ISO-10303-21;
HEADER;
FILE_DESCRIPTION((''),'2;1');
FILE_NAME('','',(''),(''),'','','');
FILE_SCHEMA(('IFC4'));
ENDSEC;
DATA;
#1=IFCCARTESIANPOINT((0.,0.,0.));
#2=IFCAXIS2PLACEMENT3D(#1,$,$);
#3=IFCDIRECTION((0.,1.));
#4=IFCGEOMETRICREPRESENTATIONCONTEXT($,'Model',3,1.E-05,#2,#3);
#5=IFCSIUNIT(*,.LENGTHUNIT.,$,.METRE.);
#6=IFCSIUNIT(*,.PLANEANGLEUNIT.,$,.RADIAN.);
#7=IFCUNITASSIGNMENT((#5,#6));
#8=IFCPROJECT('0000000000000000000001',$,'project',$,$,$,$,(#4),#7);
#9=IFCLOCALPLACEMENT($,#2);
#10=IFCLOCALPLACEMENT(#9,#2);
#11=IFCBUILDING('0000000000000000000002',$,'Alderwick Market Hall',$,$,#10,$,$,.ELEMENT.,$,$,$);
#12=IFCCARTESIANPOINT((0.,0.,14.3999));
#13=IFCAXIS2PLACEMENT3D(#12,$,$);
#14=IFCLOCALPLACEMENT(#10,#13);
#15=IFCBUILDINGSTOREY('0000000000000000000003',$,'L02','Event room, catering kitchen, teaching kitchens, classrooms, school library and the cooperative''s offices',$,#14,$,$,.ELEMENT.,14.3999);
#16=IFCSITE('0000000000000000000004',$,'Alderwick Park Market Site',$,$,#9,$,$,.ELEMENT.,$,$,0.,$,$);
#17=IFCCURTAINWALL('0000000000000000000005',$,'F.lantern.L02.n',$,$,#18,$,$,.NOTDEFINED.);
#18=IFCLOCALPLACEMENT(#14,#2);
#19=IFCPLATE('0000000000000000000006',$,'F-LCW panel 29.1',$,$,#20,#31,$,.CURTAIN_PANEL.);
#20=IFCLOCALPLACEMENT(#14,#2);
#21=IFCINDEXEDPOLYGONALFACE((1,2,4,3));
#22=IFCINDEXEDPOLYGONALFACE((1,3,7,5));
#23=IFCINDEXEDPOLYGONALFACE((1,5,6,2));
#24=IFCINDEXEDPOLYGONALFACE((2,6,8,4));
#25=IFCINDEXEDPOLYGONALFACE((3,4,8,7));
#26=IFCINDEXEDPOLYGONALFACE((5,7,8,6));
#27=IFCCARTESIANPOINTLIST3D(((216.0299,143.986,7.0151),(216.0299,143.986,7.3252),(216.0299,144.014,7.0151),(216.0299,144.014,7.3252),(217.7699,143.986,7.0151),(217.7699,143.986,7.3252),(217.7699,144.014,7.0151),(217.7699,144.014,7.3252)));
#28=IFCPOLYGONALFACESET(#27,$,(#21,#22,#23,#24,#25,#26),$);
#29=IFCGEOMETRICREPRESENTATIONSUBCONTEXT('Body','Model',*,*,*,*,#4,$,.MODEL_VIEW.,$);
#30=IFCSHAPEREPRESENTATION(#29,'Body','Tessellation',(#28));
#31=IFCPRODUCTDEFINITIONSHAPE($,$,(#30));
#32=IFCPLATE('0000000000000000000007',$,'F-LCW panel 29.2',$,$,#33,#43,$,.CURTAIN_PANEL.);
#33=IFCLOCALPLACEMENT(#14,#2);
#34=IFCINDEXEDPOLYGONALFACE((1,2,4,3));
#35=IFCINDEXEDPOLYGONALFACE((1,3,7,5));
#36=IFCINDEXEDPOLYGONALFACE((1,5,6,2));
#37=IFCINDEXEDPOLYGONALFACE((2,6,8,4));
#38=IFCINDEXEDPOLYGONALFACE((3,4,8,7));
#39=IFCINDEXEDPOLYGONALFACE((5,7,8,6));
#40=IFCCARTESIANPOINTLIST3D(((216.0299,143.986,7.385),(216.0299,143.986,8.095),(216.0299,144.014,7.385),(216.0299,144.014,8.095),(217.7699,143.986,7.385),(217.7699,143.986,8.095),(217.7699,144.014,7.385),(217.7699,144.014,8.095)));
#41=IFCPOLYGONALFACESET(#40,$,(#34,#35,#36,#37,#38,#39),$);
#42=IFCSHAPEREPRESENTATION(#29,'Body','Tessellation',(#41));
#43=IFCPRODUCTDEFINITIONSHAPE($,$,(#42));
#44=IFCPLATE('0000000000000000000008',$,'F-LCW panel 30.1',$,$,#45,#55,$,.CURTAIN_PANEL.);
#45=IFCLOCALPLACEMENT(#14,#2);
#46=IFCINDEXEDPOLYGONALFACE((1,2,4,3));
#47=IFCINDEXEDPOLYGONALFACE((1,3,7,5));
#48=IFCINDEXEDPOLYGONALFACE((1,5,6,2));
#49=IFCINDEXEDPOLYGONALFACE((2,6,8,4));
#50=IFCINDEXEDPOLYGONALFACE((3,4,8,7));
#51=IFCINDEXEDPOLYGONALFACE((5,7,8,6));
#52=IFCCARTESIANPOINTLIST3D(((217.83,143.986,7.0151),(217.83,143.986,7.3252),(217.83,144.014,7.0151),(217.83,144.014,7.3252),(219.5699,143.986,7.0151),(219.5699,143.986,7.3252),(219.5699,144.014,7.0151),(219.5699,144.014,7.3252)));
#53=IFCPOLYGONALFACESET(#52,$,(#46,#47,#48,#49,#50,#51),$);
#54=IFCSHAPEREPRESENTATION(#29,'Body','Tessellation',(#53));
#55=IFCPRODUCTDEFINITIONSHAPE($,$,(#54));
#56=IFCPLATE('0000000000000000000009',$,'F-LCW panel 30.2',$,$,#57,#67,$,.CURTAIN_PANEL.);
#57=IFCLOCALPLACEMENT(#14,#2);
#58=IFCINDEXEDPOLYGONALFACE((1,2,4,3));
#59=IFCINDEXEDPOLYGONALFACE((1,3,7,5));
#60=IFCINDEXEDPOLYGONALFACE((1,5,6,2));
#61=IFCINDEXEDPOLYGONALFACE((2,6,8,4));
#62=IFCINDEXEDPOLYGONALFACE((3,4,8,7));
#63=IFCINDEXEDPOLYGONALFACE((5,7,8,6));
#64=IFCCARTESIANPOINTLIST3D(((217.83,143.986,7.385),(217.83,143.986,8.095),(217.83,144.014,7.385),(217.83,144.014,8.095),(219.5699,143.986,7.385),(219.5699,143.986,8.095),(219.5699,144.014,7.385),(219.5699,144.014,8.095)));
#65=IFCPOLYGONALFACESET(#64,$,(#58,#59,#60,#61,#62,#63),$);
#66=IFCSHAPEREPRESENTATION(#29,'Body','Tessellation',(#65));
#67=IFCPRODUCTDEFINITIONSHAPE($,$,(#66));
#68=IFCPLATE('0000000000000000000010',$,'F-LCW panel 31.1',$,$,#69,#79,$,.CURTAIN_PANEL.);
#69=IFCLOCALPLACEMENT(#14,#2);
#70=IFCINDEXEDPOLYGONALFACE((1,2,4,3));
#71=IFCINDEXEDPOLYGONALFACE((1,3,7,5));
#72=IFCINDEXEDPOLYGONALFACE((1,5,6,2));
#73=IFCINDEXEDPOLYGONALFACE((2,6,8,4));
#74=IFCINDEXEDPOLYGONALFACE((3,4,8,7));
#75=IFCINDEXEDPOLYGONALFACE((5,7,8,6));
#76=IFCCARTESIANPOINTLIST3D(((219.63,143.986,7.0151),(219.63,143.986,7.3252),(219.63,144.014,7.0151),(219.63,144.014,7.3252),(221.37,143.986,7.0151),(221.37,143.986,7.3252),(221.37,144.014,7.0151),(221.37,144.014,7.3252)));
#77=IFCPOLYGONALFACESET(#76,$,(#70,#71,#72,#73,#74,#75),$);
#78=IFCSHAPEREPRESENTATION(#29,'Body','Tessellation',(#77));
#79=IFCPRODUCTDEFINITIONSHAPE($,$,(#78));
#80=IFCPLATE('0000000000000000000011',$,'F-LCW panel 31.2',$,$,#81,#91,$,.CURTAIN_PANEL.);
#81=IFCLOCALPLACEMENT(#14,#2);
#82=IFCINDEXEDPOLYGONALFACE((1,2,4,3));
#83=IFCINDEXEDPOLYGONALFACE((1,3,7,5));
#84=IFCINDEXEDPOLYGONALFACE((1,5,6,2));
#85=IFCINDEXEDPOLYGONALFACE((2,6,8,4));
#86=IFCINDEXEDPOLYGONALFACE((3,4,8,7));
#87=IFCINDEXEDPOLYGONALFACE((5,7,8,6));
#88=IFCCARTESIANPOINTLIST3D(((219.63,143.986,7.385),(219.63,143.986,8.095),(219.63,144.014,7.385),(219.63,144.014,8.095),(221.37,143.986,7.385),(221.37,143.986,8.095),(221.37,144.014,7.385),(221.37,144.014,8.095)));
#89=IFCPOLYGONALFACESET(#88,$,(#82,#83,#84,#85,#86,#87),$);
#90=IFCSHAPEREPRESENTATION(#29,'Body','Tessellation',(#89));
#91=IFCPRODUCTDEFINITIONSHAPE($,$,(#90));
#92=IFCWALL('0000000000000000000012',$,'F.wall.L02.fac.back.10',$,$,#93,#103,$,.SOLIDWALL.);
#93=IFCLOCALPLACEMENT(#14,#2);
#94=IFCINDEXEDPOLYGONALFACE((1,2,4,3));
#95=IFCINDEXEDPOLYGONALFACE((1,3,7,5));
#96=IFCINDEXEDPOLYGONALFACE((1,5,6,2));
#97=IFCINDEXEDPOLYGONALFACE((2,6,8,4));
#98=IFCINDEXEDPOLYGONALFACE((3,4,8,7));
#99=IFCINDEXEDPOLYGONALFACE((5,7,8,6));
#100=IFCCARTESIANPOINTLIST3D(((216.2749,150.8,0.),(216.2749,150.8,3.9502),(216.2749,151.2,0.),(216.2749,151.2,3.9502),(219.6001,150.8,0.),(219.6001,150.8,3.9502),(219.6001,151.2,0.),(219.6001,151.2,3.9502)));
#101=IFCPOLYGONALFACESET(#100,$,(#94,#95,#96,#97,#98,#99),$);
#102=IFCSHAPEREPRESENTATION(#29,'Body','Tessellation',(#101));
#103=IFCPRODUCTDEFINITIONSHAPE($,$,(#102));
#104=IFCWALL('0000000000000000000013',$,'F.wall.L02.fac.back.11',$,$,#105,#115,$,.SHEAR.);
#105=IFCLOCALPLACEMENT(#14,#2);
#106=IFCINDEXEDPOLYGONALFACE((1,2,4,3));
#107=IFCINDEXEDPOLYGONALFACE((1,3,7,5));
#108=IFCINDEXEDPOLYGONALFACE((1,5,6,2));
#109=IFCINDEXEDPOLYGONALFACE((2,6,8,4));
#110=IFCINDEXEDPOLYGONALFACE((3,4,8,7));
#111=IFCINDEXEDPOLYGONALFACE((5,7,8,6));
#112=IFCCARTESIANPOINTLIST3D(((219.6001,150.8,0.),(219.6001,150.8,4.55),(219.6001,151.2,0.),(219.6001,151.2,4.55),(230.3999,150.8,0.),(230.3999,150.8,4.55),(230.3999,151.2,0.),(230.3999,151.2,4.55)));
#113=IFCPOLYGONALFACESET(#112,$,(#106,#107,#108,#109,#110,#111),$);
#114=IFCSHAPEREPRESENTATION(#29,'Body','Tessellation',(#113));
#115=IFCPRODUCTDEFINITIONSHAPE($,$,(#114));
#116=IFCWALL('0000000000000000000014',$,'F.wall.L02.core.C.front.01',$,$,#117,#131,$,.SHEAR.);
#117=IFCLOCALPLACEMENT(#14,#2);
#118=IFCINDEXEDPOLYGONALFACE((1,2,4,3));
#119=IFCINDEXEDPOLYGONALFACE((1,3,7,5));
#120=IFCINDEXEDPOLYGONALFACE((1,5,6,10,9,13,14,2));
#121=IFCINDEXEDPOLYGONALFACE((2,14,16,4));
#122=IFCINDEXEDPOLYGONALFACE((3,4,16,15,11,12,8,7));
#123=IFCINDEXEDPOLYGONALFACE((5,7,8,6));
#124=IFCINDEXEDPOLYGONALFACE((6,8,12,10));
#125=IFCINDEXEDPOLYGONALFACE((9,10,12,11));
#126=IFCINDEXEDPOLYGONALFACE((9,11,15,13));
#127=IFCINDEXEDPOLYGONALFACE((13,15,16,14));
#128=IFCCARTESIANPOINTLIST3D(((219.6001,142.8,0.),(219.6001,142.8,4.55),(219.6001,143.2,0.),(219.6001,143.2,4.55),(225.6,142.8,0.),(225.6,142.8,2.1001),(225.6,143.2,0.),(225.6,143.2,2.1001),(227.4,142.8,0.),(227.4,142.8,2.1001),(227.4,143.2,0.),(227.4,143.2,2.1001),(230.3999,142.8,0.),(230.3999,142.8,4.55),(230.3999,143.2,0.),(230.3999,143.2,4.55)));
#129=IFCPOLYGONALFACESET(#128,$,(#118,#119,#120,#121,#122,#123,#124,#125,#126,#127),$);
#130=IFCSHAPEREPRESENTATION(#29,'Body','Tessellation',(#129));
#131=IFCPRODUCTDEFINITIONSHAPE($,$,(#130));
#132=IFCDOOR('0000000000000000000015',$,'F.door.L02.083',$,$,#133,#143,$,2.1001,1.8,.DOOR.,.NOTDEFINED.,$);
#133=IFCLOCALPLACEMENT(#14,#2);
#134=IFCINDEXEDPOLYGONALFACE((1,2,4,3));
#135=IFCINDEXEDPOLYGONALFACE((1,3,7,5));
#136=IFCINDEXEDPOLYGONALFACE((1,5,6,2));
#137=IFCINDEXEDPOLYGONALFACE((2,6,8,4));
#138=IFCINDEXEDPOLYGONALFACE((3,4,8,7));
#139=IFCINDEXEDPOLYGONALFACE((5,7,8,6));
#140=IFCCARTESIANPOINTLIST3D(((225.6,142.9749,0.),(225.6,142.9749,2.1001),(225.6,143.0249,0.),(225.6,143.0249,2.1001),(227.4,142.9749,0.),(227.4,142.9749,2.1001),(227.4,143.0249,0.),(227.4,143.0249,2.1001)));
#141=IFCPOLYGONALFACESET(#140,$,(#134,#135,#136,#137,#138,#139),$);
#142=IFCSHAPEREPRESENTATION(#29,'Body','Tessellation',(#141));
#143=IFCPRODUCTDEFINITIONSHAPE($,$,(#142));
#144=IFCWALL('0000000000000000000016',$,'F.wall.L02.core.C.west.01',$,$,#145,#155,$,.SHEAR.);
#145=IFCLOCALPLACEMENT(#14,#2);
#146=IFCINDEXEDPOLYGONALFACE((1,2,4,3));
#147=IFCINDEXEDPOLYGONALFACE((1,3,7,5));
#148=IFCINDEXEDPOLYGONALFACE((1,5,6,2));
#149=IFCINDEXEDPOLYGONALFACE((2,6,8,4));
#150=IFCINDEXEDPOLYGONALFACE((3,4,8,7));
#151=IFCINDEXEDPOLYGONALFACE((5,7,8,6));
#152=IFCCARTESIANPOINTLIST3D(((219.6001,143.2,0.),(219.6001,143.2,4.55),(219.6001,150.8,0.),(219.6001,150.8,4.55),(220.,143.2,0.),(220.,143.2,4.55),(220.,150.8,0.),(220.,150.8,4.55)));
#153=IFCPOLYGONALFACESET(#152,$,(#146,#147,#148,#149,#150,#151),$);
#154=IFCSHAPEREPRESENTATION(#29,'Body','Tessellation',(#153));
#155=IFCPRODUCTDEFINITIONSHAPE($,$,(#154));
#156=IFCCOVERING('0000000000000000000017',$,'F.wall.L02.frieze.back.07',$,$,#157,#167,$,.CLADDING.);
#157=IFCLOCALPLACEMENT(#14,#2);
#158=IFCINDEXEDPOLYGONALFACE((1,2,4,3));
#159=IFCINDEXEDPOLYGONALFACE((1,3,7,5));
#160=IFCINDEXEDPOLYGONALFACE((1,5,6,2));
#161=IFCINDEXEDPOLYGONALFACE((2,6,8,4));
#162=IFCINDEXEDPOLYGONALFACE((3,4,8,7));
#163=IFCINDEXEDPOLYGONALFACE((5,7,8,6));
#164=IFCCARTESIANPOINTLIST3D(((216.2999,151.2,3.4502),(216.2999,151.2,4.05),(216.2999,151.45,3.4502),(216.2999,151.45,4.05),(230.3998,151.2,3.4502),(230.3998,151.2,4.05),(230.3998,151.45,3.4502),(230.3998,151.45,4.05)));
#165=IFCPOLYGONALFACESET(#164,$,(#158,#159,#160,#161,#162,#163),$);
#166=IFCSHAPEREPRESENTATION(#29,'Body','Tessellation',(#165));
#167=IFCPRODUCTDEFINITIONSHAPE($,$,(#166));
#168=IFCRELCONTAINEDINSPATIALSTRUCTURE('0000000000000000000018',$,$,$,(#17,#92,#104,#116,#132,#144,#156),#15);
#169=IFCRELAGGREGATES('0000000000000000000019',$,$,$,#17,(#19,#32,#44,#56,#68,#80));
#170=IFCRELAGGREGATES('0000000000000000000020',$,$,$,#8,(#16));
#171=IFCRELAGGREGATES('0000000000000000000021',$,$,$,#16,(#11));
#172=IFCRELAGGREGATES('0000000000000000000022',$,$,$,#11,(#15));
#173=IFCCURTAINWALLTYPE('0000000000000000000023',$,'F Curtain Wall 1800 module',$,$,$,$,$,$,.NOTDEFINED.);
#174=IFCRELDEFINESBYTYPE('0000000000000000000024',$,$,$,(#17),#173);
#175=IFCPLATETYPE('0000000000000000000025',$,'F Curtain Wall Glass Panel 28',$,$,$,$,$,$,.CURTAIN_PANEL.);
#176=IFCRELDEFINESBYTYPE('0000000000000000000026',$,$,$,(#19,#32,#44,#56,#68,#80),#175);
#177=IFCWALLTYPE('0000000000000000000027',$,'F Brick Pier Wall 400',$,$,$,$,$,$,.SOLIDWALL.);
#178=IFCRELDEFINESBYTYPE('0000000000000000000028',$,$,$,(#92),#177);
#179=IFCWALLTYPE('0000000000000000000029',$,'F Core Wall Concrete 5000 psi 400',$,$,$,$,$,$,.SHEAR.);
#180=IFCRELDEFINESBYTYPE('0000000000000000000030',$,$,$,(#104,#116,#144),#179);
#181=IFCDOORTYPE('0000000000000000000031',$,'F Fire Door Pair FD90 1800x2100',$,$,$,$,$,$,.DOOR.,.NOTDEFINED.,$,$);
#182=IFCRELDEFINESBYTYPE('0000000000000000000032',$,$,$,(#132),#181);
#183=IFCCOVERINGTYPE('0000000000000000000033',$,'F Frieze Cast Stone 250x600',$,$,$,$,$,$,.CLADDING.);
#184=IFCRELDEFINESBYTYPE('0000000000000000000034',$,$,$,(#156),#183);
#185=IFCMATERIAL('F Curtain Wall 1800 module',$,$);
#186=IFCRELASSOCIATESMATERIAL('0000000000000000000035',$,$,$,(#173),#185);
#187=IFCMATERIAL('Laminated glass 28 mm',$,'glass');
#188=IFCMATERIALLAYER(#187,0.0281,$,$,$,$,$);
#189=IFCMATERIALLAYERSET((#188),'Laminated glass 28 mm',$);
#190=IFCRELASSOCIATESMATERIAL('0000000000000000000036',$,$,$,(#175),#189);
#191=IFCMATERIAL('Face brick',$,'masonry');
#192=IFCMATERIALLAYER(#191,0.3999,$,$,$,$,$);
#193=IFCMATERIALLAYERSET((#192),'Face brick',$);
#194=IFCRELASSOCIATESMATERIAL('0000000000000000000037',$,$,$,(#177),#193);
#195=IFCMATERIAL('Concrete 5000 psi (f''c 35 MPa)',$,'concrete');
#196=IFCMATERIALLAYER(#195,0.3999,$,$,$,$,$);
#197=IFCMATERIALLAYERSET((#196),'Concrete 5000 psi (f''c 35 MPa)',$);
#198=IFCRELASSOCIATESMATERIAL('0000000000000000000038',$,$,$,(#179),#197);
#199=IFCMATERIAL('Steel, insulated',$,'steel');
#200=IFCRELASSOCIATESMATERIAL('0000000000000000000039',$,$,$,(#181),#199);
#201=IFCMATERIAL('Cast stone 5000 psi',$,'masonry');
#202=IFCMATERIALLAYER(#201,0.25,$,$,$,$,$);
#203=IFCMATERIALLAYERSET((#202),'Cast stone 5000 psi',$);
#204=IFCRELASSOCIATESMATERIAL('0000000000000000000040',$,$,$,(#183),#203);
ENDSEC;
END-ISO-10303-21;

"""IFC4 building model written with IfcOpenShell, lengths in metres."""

from ifc_helpers import new_model, si_unit, direction, frame, frame_2d, origin, origin_2d, place, context, subcontext, project, spatial, rectangle, extrude, material, layer, layer_set, type_object, element, fill, aggregate, save


model = new_model("IFC4")

# Units and contexts
model_context = context("Model", 3, precision=1e-05, world=origin(), true_north=direction((0.0, 1.0)))
body_context = subcontext(model_context, "Body", "Model", "MODEL_VIEW")
ifc_project = project(units=[si_unit("LENGTHUNIT", "METRE"), si_unit("PLANEANGLEUNIT", "RADIAN")], contexts=[model_context])

# Site, building, storey
site_placement = place(None, origin())
site = spatial("IfcSite", under=ifc_project, at=site_placement, Name="Alderwick Park Market Site", CompositionType="ELEMENT", RefElevation=0.0)
building_placement = place(site_placement, origin())
building = spatial("IfcBuilding", under=site, at=building_placement, Name="Alderwick Market Hall", CompositionType="ELEMENT")
storey_placement = place(building_placement, frame((0.0, 0.0, 14.3999)))
storey = spatial("IfcBuildingStorey", under=building, at=storey_placement, Name="L02", Description="Event room, catering kitchen, teaching kitchens, classrooms, school library and the cooperative's offices", CompositionType="ELEMENT", Elevation=14.3999)

# Shared definitions
ifc_material_1 = material(Name="Concrete 5000 psi (f'c 35 MPa)", Category="concrete")

# Curtain wall
ifc_material_2 = material(Name="F Curtain Wall 1800 module")
curtain_wall_type = type_object("IfcCurtainWallType", Name="F Curtain Wall 1800 module", PredefinedType="NOTDEFINED", material=ifc_material_2)
curtain_wall_placement = place(storey_placement, origin())
curtain_wall = element("IfcCurtainWall", 1, at=curtain_wall_placement, inside=storey, type_object=curtain_wall_type, Name="F.lantern.L02.n", PredefinedType="NOTDEFINED")

# Plates
ifc_material_3 = material(Name="Laminated glass 28 mm", Category="glass")
ifc_layer_1 = layer(ifc_material_3, 0.0281)
ifc_layer_set_1 = layer_set([ifc_layer_1], Name="Laminated glass 28 mm")
plate_type = type_object("IfcPlateType", Name="F Curtain Wall Glass Panel 28", PredefinedType="CURTAIN_PANEL", material=ifc_layer_set_1)
plate_1_placement = place(storey_placement, frame((216.8999, 144.0, 7.0151), z_axis=(0.0, 0.0, 1.0), x_axis=(1.0, 0.0, 0.0)))
plate_1 = element("IfcPlate", 2, at=plate_1_placement, type_object=plate_type, Name="F-LCW panel 29.1", PredefinedType="CURTAIN_PANEL", context=body_context, shape_type="SweptSolid", body=[
    extrude(rectangle(XDim=1.74, YDim=0.0281, at=origin_2d()), origin(), (0.0, 0.0, 1.0), 0.3101),
])
plate_2_placement = place(storey_placement, frame((216.8999, 144.0, 7.385), z_axis=(0.0, 0.0, 1.0), x_axis=(1.0, 0.0, 0.0)))
plate_2 = element("IfcPlate", 3, at=plate_2_placement, type_object=plate_type, Name="F-LCW panel 29.2", PredefinedType="CURTAIN_PANEL", context=body_context, shape_type="SweptSolid", body=[
    extrude(rectangle(XDim=1.74, YDim=0.0281, at=origin_2d()), origin(), (0.0, 0.0, 1.0), 0.71),
])
plate_3_placement = place(storey_placement, frame((218.7, 144.0, 7.0151), z_axis=(0.0, 0.0, 1.0), x_axis=(1.0, 0.0, 0.0)))
plate_3 = element("IfcPlate", 4, at=plate_3_placement, type_object=plate_type, Name="F-LCW panel 30.1", PredefinedType="CURTAIN_PANEL", context=body_context, shape_type="SweptSolid", body=[
    extrude(rectangle(XDim=1.74, YDim=0.0281, at=origin_2d()), origin(), (0.0, 0.0, 1.0), 0.3101),
])
plate_4_placement = place(storey_placement, frame((218.7, 144.0, 7.385), z_axis=(0.0, 0.0, 1.0), x_axis=(1.0, 0.0, 0.0)))
plate_4 = element("IfcPlate", 5, at=plate_4_placement, type_object=plate_type, Name="F-LCW panel 30.2", PredefinedType="CURTAIN_PANEL", context=body_context, shape_type="SweptSolid", body=[
    extrude(rectangle(XDim=1.74, YDim=0.0281, at=origin_2d()), origin(), (0.0, 0.0, 1.0), 0.71),
])
plate_5_placement = place(storey_placement, frame((220.5, 144.0, 7.0151), z_axis=(0.0, 0.0, 1.0), x_axis=(1.0, 0.0, 0.0)))
plate_5 = element("IfcPlate", 6, at=plate_5_placement, type_object=plate_type, Name="F-LCW panel 31.1", PredefinedType="CURTAIN_PANEL", context=body_context, shape_type="SweptSolid", body=[
    extrude(rectangle(XDim=1.74, YDim=0.0281, at=origin_2d()), origin(), (0.0, 0.0, 1.0), 0.3101),
])
plate_6_placement = place(storey_placement, frame((220.5, 144.0, 7.385), z_axis=(0.0, 0.0, 1.0), x_axis=(1.0, 0.0, 0.0)))
plate_6 = element("IfcPlate", 7, at=plate_6_placement, type_object=plate_type, Name="F-LCW panel 31.2", PredefinedType="CURTAIN_PANEL", context=body_context, shape_type="SweptSolid", body=[
    extrude(rectangle(XDim=1.74, YDim=0.0281, at=origin_2d()), origin(), (0.0, 0.0, 1.0), 0.71),
])
aggregate(curtain_wall, [plate_1, plate_2, plate_3, plate_4, plate_5, plate_6])

# Walls
ifc_material_4 = material(Name="Face brick", Category="masonry")
ifc_layer_2 = layer(ifc_material_4, 0.3999)
ifc_layer_set_2 = layer_set([ifc_layer_2], Name="Face brick")
wall_type_1 = type_object("IfcWallType", Name="F Brick Pier Wall 400", PredefinedType="SOLIDWALL", material=ifc_layer_set_2)
wall_1_placement = place(storey_placement, frame((216.2749, 151.0, 0.0), z_axis=(0.0, 0.0, 1.0), x_axis=(1.0, 0.0, 0.0)))
element("IfcWall", 8, at=wall_1_placement, inside=storey, type_object=wall_type_1, Name="F.wall.L02.fac.back.10", PredefinedType="SOLIDWALL", context=body_context, shape_type="SweptSolid", body=[
    extrude(rectangle(XDim=3.3252, YDim=0.3999, at=frame_2d((1.6626, 0.0))), origin(), (0.0, 0.0, 1.0), 3.9502),
])
ifc_layer_3 = layer(ifc_material_1, 0.3999)
ifc_layer_set_3 = layer_set([ifc_layer_3], Name="Concrete 5000 psi (f'c 35 MPa)")
wall_type_2 = type_object("IfcWallType", Name="F Core Wall Concrete 5000 psi 400", PredefinedType="SHEAR", material=ifc_layer_set_3)
wall_2_placement = place(storey_placement, frame((219.6001, 151.0, 0.0), z_axis=(0.0, 0.0, 1.0), x_axis=(1.0, 0.0, 0.0)))
element("IfcWall", 9, at=wall_2_placement, inside=storey, type_object=wall_type_2, Name="F.wall.L02.fac.back.11", PredefinedType="SHEAR", context=body_context, shape_type="SweptSolid", body=[
    extrude(rectangle(XDim=10.7998, YDim=0.3999, at=frame_2d((5.3999, 0.0))), origin(), (0.0, 0.0, 1.0), 4.55),
])

# Wall, opening, door
wall_3_placement = place(storey_placement, frame((219.6001, 143.0, 0.0), z_axis=(0.0, 0.0, 1.0), x_axis=(1.0, 0.0, 0.0)))
wall_3 = element("IfcWall", 10, at=wall_3_placement, inside=storey, type_object=wall_type_2, Name="F.wall.L02.core.C.front.01", PredefinedType="SHEAR", context=body_context, shape_type="SweptSolid", body=[
    extrude(rectangle(XDim=10.7998, YDim=0.3999, at=frame_2d((5.3999, 0.0))), origin(), (0.0, 0.0, 1.0), 4.55),
])
opening_placement = place(wall_3_placement, frame((6.0, 0.0, 0.0)))
opening = element("IfcOpeningElement", 11, at=opening_placement, cuts=wall_3, PredefinedType="OPENING", context=body_context, shape_type="SweptSolid", body=[
    extrude(rectangle(XDim=1.8, YDim=2.1001, at=frame_2d((0.8999, 1.05))), frame((0.0, 0.21, 0.0), z_axis=(0.0, -1.0, 0.0), x_axis=(1.0, 0.0, 0.0)), (0.0, 0.0, 1.0), 0.4199),
])
ifc_material_5 = material(Name="Steel, insulated", Category="steel")
door_type = type_object("IfcDoorType", Name="F Fire Door Pair FD90 1800x2100", OperationType="NOTDEFINED", PredefinedType="DOOR", material=ifc_material_5)
door_placement = place(opening_placement, origin())
door = element("IfcDoor", 12, at=door_placement, inside=storey, type_object=door_type, Name="F.door.L02.083", OperationType="NOTDEFINED", OverallHeight=2.1001, OverallWidth=1.8, PredefinedType="DOOR", context=body_context, shape_type="SweptSolid", body=[
    extrude(rectangle(XDim=1.8, YDim=2.1001, at=frame_2d((0.8999, 1.05))), frame((0.0, 0.0249, 0.0), z_axis=(0.0, -1.0, 0.0), x_axis=(1.0, 0.0, 0.0)), (0.0, 0.0, 1.0), 0.05),
])
fill(opening, door)

# Wall
wall_4_placement = place(storey_placement, frame((219.8, 143.2, 0.0), z_axis=(0.0, 0.0, 1.0), x_axis=(0.0, 1.0, 0.0)))
element("IfcWall", 13, at=wall_4_placement, inside=storey, type_object=wall_type_2, Name="F.wall.L02.core.C.west.01", PredefinedType="SHEAR", context=body_context, shape_type="SweptSolid", body=[
    extrude(rectangle(XDim=7.6001, YDim=0.3999, at=frame_2d((3.8, 0.0))), origin(), (0.0, 0.0, 1.0), 4.55),
])

# Covering
ifc_material_6 = material(Name="Cast stone 5000 psi", Category="masonry")
ifc_layer_4 = layer(ifc_material_6, 0.25)
ifc_layer_set_4 = layer_set([ifc_layer_4], Name="Cast stone 5000 psi")
covering_type = type_object("IfcCoveringType", Name="F Frieze Cast Stone 250x600", PredefinedType="CLADDING", material=ifc_layer_set_4)
covering_placement = place(storey_placement, frame((216.3, 151.325, 3.4502), z_axis=(0.0, 0.0, 1.0), x_axis=(1.0, 0.0, 0.0)))
element("IfcCovering", 14, at=covering_placement, inside=storey, type_object=covering_type, Name="F.wall.L02.frieze.back.07", PredefinedType="CLADDING", context=body_context, shape_type="SweptSolid", body=[
    extrude(rectangle(XDim=14.0999, YDim=0.25, at=frame_2d((7.0498, 0.0))), origin(), (0.0, 0.0, 1.0), 0.5999),
])

save(model, "model.ifc")
